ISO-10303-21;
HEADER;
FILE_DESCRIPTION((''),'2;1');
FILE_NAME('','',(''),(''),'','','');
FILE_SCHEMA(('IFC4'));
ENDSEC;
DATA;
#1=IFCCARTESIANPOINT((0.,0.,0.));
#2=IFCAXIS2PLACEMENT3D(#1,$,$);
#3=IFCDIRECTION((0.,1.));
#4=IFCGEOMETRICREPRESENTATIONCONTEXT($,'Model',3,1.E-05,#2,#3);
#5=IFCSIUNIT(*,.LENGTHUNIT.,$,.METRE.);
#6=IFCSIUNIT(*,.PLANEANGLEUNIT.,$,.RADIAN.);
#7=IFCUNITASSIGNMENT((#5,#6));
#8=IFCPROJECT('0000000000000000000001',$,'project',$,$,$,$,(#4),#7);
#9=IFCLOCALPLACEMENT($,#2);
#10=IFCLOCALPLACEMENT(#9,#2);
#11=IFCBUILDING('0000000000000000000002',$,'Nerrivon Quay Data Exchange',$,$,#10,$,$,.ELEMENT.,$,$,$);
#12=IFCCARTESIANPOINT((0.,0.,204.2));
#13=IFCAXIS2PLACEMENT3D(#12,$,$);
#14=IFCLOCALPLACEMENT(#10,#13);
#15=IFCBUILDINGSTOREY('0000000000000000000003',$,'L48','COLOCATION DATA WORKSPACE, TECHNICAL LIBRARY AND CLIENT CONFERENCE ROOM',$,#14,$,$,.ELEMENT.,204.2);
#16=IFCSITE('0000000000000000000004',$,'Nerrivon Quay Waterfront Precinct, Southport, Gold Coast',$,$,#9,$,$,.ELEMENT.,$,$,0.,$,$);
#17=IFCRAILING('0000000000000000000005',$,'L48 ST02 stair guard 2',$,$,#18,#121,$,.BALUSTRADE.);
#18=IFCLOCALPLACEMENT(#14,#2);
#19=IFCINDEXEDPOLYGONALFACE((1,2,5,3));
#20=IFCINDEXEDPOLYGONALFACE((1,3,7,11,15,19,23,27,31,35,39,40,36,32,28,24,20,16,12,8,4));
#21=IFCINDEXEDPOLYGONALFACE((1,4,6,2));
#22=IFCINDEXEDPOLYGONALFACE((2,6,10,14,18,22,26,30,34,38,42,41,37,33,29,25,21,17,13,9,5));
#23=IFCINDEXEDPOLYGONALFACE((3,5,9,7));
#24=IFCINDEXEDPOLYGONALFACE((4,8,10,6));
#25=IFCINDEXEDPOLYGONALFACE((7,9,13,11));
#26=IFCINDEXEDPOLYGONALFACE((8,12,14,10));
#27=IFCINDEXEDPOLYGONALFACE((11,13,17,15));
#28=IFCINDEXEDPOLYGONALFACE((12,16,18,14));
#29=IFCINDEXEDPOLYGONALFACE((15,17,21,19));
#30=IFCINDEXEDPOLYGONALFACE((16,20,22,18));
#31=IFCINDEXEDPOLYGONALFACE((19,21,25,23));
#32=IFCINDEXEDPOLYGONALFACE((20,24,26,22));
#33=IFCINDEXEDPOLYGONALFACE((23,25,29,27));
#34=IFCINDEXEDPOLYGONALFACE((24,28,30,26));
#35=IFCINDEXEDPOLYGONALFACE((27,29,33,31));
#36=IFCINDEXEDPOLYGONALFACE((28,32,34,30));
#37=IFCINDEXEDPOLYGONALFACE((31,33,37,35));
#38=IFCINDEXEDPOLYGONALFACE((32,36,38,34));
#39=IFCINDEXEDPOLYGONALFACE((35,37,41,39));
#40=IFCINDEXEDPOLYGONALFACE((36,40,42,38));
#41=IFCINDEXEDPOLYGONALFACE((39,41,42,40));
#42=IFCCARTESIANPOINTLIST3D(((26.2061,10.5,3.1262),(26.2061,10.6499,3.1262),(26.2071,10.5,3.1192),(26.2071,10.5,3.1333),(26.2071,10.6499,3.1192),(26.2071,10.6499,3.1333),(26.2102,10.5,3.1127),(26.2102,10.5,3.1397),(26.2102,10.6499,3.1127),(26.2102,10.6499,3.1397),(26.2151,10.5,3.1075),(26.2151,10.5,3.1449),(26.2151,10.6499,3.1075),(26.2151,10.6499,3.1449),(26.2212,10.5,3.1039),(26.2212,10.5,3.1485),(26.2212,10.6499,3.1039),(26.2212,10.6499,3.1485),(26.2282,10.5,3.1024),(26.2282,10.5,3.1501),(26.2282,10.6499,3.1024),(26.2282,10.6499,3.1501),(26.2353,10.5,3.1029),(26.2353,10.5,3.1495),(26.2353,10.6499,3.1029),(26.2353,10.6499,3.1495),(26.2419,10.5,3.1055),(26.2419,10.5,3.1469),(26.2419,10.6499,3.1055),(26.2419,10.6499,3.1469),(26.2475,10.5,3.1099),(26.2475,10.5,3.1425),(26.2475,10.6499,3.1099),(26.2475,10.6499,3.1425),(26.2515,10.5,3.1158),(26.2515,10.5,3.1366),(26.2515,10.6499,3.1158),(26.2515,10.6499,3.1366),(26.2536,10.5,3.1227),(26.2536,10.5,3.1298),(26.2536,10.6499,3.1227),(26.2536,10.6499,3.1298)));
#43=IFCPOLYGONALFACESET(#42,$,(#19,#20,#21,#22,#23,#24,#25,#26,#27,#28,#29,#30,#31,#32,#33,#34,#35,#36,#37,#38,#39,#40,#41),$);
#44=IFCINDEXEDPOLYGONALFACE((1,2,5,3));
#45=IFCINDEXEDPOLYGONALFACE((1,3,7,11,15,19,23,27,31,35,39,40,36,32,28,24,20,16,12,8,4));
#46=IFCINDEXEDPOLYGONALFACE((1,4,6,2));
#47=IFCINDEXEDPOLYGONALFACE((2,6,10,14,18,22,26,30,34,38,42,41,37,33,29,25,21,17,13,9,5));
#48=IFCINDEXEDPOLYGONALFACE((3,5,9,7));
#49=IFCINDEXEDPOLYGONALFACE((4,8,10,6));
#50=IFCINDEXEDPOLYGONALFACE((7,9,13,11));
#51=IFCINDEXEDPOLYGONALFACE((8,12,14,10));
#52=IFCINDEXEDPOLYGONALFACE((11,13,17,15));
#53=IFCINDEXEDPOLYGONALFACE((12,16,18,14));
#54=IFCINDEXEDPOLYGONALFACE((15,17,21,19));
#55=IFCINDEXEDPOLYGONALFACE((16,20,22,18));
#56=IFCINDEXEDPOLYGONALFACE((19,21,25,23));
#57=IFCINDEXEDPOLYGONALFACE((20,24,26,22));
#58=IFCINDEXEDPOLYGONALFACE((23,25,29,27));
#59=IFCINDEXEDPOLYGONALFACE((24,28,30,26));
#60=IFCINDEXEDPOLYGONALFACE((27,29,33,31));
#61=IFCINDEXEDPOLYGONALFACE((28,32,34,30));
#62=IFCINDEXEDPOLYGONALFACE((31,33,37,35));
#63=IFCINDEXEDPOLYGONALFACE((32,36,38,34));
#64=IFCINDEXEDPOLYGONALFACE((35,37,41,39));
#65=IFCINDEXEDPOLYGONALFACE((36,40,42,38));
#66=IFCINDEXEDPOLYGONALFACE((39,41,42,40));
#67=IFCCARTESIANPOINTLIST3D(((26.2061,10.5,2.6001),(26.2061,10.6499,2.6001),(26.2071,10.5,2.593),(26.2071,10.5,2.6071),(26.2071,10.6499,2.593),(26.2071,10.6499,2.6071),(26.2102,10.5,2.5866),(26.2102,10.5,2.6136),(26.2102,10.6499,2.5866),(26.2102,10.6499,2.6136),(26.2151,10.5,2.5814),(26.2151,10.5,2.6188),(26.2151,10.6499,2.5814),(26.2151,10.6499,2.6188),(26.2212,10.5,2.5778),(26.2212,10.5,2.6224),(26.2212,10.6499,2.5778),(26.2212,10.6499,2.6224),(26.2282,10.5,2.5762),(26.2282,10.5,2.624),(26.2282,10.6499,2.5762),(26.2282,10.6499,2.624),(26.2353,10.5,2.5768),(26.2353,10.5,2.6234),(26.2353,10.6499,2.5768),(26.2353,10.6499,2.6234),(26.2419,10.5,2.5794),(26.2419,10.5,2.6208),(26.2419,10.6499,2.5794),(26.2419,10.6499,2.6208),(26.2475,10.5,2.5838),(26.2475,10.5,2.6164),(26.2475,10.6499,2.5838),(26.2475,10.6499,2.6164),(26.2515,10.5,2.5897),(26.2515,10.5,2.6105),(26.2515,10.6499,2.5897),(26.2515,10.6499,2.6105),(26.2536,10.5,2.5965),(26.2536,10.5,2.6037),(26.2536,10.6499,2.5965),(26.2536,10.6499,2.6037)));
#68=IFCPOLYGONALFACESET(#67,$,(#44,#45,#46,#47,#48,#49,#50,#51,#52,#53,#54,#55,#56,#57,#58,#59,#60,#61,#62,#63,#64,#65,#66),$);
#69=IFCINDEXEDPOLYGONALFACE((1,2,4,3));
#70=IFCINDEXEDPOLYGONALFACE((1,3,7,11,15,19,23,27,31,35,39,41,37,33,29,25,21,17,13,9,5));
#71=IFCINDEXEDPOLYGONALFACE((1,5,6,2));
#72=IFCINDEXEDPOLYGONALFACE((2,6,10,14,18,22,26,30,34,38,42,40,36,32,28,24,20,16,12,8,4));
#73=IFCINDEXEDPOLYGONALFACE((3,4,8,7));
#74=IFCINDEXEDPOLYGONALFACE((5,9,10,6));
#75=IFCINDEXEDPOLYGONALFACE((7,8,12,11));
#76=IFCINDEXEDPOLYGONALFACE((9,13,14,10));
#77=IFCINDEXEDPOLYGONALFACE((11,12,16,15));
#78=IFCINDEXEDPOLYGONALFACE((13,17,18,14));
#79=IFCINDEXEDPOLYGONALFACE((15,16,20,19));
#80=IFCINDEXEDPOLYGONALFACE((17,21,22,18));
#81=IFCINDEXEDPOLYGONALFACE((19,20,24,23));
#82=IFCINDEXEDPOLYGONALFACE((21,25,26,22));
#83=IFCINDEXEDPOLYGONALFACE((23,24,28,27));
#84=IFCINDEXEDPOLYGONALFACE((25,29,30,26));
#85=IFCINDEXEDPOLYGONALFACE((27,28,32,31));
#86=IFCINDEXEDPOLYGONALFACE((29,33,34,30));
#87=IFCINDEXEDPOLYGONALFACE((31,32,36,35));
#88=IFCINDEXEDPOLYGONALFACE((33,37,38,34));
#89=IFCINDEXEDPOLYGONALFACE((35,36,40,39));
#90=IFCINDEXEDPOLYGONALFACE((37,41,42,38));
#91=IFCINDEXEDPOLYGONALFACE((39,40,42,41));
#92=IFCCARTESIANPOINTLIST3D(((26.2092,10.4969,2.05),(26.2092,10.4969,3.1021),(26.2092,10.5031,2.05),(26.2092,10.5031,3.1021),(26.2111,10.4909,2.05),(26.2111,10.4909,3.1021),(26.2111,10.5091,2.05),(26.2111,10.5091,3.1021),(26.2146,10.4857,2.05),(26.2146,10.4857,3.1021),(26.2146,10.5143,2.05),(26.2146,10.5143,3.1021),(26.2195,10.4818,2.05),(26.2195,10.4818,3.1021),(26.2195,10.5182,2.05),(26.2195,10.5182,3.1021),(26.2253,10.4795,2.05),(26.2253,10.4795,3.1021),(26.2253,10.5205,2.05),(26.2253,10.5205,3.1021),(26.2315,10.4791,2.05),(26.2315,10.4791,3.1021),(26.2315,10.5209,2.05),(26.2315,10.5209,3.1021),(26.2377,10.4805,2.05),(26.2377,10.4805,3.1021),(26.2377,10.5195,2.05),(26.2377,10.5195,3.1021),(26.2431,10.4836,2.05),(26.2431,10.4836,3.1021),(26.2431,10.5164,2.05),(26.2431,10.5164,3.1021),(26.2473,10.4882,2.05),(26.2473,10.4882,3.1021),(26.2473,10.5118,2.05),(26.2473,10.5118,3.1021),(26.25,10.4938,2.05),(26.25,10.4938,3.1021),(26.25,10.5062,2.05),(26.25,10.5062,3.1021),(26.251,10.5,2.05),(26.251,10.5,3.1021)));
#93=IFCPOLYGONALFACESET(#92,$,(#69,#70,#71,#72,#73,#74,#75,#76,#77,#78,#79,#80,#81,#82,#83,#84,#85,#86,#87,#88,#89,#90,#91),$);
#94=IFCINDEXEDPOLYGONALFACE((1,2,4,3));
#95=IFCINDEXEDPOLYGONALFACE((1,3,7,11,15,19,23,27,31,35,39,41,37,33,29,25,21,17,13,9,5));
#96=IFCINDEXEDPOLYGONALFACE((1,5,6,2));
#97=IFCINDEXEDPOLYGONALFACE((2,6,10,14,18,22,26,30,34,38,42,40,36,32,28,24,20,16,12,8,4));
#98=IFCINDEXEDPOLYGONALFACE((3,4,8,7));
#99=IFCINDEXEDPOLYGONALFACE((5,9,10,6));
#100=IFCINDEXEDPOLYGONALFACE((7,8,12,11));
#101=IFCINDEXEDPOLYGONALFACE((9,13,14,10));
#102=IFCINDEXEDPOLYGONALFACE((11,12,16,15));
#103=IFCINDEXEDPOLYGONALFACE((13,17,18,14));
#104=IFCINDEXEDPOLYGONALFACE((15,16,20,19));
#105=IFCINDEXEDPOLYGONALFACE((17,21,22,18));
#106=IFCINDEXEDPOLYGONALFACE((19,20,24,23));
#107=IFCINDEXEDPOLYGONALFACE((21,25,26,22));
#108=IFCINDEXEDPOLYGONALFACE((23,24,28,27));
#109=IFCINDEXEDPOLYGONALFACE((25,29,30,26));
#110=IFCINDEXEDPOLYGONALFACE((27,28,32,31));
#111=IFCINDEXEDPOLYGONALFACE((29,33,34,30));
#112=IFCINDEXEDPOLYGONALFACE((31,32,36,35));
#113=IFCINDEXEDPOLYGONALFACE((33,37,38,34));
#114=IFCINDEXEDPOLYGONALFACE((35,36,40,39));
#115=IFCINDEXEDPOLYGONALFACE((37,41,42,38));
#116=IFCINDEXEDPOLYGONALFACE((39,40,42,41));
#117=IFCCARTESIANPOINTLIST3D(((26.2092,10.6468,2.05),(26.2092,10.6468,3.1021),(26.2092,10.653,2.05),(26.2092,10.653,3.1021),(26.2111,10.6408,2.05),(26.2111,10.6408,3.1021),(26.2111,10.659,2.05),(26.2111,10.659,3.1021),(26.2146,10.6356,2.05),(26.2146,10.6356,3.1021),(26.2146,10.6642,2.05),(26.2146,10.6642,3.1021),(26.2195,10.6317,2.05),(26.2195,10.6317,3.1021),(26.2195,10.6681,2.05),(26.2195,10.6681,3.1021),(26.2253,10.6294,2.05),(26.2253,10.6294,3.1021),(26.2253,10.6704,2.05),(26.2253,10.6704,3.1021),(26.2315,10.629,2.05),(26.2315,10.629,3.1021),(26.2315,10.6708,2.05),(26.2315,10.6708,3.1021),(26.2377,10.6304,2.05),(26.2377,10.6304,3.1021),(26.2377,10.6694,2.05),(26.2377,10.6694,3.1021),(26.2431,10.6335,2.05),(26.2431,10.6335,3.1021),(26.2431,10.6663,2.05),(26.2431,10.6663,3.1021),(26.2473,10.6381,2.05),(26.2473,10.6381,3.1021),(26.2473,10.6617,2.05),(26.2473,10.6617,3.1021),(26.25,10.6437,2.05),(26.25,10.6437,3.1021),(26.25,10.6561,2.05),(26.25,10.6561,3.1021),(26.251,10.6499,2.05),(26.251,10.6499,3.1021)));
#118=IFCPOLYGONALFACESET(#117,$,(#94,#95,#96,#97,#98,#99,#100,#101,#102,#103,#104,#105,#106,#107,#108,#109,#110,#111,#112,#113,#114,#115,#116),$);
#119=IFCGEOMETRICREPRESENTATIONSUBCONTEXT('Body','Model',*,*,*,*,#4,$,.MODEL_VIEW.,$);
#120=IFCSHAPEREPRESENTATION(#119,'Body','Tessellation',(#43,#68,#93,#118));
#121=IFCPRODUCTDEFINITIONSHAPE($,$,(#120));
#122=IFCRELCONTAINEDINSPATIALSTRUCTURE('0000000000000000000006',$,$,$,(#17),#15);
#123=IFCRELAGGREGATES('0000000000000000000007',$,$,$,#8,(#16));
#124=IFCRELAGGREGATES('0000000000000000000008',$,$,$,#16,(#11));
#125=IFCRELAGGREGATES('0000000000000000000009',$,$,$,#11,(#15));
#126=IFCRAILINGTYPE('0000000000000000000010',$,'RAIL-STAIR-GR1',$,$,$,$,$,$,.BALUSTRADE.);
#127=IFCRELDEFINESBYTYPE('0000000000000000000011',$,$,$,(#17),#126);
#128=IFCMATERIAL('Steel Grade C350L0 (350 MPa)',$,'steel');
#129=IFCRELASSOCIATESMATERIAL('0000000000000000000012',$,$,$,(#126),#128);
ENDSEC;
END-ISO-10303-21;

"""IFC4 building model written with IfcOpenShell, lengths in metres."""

from ifc_helpers import new_model, si_unit, direction, frame, origin, origin_2d, place, context, subcontext, project, spatial, circle, extrude, material, type_object, element, save


model = new_model("IFC4")

# Units and contexts
model_context = context("Model", 3, precision=1e-05, world=origin(), true_north=direction((0.0, 1.0)))
body_context = subcontext(model_context, "Body", "Model", "MODEL_VIEW")
ifc_project = project(units=[si_unit("LENGTHUNIT", "METRE"), si_unit("PLANEANGLEUNIT", "RADIAN")], contexts=[model_context])

# Site, building, storey
site_placement = place(None, origin())
site = spatial("IfcSite", under=ifc_project, at=site_placement, Name="Nerrivon Quay Waterfront Precinct, Southport, Gold Coast", CompositionType="ELEMENT", RefElevation=0.0)
building_placement = place(site_placement, origin())
building = spatial("IfcBuilding", under=site, at=building_placement, Name="Nerrivon Quay Data Exchange", CompositionType="ELEMENT")
storey_placement = place(building_placement, frame((0.0, 0.0, 204.2)))
storey = spatial("IfcBuildingStorey", under=building, at=storey_placement, Name="L48", Description="COLOCATION DATA WORKSPACE, TECHNICAL LIBRARY AND CLIENT CONFERENCE ROOM", CompositionType="ELEMENT", Elevation=204.2)

# Shared definitions
ifc_material_1 = material(Name="Steel Grade C350L0 (350 MPa)", Category="steel")

# Railing
railing_type_1 = type_object("IfcRailingType", Name="RAIL-STAIR-GR1", PredefinedType="BALUSTRADE", material=ifc_material_1)
railing_1_placement = place(storey_placement, frame((26.23, 10.5, 2.05)))
element("IfcRailing", 1, at=railing_1_placement, inside=storey, type_object=railing_type_1, Name="L48 ST02 stair guard 2", PredefinedType="BALUSTRADE", context=body_context, shape_type="SweptSolid", body=[
    extrude(circle(Radius=0.0239, at=origin_2d()), frame((0.0, 0.0, 1.0762), z_axis=(0.0, 1.0, 0.0), x_axis=(-1.0, 0.0, 0.0)), (0.0, 0.0, 1.0), 0.1499),
    extrude(circle(Radius=0.0239, at=origin_2d()), frame((0.0, 0.0, 0.55), z_axis=(0.0, 1.0, 0.0), x_axis=(-1.0, 0.0, 0.0)), (0.0, 0.0, 1.0), 0.1499),
    extrude(circle(Radius=0.021, at=origin_2d()), origin(), (0.0, 0.0, 1.0), 1.052),
    extrude(circle(Radius=0.021, at=origin_2d()), frame((0.0, 0.1499, 0.0)), (0.0, 0.0, 1.0), 1.052),
])

save(model, "model.ifc")
